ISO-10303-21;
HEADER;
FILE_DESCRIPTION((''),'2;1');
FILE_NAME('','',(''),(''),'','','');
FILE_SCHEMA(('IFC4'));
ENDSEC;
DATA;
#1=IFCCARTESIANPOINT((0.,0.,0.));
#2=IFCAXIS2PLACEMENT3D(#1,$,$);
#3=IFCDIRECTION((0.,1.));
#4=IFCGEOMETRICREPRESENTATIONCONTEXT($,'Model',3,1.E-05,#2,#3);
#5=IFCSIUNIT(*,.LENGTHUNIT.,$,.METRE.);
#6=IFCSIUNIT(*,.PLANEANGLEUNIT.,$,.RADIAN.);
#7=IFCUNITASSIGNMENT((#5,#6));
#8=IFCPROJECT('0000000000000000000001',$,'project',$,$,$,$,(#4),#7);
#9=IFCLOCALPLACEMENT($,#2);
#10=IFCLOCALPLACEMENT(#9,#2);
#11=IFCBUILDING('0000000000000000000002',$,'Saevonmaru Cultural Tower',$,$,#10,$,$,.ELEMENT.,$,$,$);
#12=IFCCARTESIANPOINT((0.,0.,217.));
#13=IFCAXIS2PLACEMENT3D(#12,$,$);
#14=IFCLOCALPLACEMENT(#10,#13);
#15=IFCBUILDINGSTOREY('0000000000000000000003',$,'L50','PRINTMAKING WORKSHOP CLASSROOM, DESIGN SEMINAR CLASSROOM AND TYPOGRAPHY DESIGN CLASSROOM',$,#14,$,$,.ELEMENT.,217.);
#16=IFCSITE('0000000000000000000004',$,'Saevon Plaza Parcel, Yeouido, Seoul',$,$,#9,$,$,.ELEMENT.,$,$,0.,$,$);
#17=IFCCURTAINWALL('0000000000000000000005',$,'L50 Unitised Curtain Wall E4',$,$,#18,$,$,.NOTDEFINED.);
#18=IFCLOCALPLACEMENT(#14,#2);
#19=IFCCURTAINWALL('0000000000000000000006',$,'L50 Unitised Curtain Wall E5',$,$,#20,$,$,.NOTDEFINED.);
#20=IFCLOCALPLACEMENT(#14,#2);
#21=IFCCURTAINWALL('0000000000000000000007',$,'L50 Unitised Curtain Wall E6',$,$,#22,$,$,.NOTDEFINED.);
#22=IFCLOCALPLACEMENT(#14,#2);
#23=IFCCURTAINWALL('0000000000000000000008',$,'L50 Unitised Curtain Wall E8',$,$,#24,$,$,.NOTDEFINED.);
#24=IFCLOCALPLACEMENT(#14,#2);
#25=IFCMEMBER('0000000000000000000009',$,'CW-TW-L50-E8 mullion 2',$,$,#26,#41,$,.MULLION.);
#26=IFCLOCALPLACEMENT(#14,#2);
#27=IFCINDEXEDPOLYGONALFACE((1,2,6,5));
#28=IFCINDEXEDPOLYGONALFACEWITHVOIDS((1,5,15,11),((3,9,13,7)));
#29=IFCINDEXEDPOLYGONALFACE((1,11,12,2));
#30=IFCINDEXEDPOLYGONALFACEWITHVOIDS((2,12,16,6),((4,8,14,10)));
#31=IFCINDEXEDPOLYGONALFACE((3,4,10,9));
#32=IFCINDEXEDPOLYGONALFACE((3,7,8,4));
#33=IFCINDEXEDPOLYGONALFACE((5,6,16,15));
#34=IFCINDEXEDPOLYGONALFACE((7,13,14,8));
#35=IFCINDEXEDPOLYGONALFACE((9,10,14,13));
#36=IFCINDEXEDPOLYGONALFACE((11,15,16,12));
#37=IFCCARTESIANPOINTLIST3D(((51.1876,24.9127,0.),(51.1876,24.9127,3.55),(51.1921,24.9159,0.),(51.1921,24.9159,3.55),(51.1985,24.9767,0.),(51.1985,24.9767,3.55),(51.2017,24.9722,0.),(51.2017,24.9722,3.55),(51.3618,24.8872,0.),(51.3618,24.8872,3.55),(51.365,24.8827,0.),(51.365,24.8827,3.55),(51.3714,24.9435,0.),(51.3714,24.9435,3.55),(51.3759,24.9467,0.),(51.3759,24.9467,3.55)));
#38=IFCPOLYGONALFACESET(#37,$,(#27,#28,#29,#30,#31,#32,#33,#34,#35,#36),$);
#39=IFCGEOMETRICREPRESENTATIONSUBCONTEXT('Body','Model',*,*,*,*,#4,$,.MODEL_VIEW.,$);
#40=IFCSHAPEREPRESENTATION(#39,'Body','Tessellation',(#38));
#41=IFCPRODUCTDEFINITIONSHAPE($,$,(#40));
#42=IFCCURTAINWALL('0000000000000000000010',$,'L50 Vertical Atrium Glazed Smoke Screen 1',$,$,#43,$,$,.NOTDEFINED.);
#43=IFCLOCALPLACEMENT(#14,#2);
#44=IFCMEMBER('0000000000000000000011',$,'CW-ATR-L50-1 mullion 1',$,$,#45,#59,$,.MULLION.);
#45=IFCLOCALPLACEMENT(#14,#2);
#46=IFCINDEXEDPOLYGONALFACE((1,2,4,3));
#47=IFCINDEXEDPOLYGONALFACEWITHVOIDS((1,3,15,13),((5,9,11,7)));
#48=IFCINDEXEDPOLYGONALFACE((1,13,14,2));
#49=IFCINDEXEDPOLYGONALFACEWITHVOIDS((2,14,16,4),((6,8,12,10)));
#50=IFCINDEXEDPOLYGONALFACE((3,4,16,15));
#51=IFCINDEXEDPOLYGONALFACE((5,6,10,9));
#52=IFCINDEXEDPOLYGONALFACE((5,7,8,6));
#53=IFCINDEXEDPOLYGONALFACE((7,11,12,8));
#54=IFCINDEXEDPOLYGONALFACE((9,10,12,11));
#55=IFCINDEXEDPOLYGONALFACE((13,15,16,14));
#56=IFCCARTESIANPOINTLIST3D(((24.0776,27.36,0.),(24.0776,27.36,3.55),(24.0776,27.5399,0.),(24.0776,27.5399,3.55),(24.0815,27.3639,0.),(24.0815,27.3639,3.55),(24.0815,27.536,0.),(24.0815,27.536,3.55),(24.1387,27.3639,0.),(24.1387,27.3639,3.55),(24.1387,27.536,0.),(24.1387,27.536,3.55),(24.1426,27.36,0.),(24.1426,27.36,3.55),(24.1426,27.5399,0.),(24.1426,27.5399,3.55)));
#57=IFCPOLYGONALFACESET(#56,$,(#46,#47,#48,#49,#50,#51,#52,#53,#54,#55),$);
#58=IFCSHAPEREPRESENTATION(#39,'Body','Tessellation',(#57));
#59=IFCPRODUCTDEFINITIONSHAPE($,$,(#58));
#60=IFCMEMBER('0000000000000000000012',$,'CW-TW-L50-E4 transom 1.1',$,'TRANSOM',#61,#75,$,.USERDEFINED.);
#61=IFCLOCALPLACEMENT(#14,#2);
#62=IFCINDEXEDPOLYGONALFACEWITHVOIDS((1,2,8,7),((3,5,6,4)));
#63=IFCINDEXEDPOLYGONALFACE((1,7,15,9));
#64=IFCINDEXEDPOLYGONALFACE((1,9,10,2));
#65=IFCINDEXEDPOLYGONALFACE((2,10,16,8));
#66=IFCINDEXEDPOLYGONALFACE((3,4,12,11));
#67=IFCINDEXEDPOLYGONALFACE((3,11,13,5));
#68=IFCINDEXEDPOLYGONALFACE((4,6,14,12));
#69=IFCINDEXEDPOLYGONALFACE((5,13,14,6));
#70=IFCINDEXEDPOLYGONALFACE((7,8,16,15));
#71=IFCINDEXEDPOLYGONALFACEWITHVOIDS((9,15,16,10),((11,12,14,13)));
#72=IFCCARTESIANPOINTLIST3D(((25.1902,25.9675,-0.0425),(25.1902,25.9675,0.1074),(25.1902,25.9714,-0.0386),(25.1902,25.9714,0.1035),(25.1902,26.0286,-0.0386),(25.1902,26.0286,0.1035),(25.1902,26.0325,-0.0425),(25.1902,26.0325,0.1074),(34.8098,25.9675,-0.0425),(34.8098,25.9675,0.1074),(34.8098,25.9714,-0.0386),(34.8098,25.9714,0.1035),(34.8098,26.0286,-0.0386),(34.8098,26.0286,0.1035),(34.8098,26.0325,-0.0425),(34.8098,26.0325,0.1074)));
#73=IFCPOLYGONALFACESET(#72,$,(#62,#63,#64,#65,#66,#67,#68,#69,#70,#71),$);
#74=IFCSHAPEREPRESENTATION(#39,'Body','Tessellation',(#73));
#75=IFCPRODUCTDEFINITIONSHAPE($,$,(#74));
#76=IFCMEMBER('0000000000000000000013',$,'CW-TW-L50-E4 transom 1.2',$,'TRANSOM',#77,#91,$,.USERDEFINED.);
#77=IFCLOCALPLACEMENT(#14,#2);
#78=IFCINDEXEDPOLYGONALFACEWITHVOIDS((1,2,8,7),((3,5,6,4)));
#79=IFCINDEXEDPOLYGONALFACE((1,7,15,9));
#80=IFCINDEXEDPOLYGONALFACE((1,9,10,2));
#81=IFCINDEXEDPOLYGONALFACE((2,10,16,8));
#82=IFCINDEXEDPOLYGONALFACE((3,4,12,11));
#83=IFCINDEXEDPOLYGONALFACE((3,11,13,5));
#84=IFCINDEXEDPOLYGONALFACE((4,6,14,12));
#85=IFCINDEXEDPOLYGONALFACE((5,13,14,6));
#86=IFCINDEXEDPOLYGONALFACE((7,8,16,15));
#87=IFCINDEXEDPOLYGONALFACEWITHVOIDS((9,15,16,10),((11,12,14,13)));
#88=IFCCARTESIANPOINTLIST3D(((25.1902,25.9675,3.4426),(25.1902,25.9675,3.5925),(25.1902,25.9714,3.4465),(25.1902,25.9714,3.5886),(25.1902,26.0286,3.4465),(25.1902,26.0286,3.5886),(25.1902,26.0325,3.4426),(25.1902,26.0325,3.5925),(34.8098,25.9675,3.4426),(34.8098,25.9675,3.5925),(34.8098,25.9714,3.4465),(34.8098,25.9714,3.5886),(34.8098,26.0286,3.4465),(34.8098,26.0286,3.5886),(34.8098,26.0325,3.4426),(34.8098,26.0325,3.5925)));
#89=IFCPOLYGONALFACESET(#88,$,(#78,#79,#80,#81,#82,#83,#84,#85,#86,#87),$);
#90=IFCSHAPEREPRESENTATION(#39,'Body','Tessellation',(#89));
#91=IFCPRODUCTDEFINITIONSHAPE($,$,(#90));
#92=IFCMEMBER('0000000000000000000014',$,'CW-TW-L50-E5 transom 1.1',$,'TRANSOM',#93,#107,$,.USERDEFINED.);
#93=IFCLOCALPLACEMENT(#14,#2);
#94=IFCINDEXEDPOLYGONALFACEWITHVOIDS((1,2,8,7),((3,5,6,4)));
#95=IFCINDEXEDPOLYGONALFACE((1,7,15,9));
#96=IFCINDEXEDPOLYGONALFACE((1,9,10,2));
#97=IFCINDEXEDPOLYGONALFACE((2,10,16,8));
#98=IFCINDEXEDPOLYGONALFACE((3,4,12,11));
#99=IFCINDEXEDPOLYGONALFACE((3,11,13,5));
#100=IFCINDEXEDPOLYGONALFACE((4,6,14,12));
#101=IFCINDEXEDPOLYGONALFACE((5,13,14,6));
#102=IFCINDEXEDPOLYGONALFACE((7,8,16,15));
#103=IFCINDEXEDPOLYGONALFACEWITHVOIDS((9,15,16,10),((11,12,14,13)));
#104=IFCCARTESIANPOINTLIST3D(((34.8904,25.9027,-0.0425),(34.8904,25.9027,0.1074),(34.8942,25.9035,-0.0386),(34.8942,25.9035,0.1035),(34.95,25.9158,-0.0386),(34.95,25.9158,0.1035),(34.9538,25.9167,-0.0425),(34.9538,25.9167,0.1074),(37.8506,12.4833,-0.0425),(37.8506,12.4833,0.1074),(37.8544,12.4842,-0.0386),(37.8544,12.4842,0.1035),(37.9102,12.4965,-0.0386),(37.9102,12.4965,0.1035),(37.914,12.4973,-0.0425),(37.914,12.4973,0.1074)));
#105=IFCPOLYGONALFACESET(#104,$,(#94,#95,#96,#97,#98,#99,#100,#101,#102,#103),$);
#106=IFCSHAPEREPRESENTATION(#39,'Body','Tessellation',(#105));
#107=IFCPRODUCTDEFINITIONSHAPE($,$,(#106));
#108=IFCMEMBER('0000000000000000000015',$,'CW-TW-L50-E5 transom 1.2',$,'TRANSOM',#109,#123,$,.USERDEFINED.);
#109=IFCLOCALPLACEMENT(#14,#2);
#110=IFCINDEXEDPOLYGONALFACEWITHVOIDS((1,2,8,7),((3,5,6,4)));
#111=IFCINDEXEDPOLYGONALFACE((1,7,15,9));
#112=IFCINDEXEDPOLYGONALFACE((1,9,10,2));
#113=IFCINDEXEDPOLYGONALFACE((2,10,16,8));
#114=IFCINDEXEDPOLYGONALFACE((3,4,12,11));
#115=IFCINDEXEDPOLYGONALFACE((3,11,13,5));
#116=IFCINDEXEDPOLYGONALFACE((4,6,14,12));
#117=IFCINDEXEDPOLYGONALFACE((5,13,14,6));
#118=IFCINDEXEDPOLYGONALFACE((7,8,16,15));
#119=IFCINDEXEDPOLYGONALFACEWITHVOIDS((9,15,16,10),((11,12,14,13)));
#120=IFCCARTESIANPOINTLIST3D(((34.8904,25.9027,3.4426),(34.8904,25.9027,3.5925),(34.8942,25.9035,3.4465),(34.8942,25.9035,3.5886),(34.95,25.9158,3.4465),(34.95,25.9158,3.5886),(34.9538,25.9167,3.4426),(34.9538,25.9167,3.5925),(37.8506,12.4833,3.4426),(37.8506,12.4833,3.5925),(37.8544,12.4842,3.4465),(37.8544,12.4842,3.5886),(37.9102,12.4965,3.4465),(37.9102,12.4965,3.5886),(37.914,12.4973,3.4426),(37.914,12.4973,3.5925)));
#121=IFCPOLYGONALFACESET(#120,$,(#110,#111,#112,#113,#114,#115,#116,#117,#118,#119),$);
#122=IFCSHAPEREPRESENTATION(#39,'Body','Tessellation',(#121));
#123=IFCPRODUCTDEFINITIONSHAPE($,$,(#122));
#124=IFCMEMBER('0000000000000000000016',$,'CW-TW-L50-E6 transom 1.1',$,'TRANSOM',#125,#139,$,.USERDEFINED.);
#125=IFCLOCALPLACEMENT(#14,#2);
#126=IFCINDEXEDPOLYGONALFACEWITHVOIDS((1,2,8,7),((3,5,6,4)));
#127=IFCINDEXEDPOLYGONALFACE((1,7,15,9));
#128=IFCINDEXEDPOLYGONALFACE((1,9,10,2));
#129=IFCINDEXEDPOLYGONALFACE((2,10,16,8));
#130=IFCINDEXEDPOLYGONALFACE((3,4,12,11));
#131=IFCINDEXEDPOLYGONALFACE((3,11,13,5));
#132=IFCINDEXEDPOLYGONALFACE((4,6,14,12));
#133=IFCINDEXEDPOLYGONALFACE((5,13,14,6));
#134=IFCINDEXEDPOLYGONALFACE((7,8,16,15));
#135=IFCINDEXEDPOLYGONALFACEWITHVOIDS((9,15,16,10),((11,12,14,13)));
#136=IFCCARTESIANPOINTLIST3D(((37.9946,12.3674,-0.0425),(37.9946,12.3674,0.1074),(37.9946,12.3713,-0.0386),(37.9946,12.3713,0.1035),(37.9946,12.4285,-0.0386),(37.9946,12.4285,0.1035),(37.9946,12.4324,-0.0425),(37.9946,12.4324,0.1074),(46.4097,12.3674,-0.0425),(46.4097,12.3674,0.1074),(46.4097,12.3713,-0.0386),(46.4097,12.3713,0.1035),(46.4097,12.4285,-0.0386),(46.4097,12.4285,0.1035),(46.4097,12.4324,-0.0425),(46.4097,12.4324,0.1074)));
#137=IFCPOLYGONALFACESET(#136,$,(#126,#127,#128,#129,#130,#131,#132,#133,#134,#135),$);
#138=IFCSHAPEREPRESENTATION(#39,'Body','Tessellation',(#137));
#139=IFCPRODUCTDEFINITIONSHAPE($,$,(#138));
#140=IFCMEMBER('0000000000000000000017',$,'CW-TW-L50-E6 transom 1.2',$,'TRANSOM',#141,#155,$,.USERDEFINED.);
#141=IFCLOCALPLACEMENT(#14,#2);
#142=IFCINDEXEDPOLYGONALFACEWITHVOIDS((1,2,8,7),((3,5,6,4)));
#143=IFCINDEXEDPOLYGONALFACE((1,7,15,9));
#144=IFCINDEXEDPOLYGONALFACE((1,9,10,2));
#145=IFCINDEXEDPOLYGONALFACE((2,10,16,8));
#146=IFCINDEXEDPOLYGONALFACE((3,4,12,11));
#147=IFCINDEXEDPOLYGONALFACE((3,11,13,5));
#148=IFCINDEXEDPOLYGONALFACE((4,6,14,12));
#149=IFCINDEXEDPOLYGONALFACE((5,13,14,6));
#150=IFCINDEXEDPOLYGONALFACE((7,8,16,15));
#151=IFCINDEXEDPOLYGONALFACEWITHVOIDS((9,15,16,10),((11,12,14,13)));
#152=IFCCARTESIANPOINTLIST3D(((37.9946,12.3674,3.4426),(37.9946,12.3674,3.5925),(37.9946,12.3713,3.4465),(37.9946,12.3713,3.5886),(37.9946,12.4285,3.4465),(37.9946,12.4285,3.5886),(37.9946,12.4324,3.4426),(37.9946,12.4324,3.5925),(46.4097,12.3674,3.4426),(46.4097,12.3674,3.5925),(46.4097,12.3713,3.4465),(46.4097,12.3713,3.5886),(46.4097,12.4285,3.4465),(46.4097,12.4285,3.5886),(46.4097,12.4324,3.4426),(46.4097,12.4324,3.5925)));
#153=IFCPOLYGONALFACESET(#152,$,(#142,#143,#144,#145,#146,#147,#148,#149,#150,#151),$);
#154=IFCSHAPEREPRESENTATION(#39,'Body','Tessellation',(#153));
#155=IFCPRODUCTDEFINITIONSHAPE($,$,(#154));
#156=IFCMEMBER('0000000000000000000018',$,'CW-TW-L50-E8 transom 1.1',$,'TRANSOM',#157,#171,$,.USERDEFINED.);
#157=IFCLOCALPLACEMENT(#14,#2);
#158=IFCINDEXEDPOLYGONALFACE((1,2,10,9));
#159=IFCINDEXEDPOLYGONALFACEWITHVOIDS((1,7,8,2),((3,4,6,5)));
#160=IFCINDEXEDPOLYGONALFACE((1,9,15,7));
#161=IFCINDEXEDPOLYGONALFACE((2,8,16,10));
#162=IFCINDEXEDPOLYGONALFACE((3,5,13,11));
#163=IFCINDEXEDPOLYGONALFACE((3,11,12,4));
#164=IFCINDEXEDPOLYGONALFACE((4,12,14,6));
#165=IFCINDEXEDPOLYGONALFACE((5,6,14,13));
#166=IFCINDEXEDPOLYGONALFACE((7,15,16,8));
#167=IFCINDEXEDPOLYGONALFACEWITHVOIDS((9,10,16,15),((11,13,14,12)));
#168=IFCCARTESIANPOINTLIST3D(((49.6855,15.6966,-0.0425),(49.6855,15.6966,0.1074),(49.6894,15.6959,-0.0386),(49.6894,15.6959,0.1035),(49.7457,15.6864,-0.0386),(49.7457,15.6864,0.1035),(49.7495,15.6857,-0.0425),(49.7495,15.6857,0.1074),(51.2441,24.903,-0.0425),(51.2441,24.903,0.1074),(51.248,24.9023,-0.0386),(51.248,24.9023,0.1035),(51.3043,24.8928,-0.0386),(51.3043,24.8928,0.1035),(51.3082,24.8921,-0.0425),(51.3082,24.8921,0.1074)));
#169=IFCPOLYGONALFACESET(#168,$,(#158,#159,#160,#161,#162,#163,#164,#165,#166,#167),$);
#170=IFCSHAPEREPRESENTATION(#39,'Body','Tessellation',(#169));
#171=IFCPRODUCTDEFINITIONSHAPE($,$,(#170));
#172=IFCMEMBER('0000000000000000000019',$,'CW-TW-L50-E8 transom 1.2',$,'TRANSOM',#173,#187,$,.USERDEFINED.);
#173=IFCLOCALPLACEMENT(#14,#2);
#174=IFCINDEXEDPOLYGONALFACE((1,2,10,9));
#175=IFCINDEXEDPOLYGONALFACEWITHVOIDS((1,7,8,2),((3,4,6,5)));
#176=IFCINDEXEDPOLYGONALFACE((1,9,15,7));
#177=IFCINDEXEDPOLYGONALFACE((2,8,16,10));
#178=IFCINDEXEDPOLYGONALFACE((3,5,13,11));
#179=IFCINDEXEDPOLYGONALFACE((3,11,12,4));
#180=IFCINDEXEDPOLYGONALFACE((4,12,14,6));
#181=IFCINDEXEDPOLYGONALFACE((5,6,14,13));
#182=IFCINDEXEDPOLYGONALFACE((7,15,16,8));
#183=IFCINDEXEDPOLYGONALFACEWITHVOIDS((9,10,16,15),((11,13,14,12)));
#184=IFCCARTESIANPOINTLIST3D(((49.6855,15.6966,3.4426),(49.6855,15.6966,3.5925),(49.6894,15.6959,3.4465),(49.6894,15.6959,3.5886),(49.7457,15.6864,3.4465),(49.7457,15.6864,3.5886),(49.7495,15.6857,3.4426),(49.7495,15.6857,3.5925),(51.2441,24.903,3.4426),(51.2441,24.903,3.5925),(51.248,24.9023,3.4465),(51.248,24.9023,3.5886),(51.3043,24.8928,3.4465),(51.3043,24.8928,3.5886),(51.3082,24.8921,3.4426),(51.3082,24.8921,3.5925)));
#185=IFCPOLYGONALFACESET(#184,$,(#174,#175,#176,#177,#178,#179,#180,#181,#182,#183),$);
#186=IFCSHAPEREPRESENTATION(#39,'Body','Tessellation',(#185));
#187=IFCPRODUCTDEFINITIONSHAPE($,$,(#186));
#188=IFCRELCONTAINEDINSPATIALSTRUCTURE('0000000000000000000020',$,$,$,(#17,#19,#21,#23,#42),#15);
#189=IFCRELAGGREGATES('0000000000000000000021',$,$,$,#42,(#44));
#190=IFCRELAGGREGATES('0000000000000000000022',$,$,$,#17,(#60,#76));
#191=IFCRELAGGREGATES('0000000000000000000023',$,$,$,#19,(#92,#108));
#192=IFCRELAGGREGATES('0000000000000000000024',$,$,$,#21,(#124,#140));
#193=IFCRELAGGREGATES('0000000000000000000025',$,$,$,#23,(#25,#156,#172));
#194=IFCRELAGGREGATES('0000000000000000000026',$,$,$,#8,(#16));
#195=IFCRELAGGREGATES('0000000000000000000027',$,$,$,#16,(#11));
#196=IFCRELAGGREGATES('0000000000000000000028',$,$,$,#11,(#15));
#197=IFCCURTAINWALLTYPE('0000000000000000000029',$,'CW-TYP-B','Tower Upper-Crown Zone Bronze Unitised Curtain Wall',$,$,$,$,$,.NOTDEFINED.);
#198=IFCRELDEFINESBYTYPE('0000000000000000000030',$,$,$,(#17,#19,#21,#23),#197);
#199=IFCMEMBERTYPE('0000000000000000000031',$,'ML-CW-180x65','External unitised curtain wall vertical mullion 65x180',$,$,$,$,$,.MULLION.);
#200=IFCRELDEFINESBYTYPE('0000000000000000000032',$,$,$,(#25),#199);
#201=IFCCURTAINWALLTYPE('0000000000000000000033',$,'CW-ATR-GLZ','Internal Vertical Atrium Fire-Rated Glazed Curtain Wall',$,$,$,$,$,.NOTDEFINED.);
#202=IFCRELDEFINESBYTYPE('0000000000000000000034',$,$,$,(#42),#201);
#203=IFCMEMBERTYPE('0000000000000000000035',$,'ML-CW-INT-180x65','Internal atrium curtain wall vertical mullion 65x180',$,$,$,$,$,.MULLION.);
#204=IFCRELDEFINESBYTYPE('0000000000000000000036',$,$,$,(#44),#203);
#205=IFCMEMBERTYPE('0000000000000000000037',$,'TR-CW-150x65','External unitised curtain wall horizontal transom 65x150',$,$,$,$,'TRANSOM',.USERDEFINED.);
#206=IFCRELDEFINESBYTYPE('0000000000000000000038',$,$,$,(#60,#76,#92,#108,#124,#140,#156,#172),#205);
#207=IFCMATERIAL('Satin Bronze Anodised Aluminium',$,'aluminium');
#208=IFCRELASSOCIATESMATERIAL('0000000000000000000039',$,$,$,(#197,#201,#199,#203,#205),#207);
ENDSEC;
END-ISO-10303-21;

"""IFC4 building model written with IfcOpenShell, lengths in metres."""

from ifc_helpers import new_model, si_unit, direction, frame, origin, origin_2d, place, context, subcontext, project, spatial, hollow_rectangle, extrude, material, material_profile, profile_set, type_object, element, aggregate, save


model = new_model("IFC4")

# Units and contexts
model_context = context("Model", 3, precision=1e-05, world=origin(), true_north=direction((0.0, 1.0)))
body_context = subcontext(model_context, "Body", "Model", "MODEL_VIEW")
ifc_project = project(units=[si_unit("LENGTHUNIT", "METRE"), si_unit("PLANEANGLEUNIT", "RADIAN")], contexts=[model_context])

# Site, building, storey
site_placement = place(None, origin())
site = spatial("IfcSite", under=ifc_project, at=site_placement, Name="Saevon Plaza Parcel, Yeouido, Seoul", CompositionType="ELEMENT", RefElevation=0.0)
building_placement = place(site_placement, origin())
building = spatial("IfcBuilding", under=site, at=building_placement, Name="Saevonmaru Cultural Tower", CompositionType="ELEMENT")
storey_placement = place(building_placement, frame((0.0, 0.0, 217.0)))
storey = spatial("IfcBuildingStorey", under=building, at=storey_placement, Name="L50", Description="PRINTMAKING WORKSHOP CLASSROOM, DESIGN SEMINAR CLASSROOM AND TYPOGRAPHY DESIGN CLASSROOM", CompositionType="ELEMENT", Elevation=217.0)

# Shared definitions
ifc_material_1 = material(Name="Satin Bronze Anodised Aluminium", Category="aluminium")
curtain_wall_type_1 = type_object("IfcCurtainWallType", Name="CW-TYP-B", Description="Tower Upper-Crown Zone Bronze Unitised Curtain Wall", PredefinedType="NOTDEFINED", material=ifc_material_1)
ifc_material_profile_1 = material_profile(ifc_material_1, hollow_rectangle(XDim=0.0649, YDim=0.1799, WallThickness=0.0039, at=origin_2d()), Name="ALU-MULL-180x65x4")
ifc_profile_set_1 = profile_set([ifc_material_profile_1], Name="Satin Bronze Anodised Aluminium")
member_type_1 = type_object("IfcMemberType", Name="ML-CW-180x65", Description="External unitised curtain wall vertical mullion 65x180", PredefinedType="MULLION", material=ifc_profile_set_1)

# Curtain walls, member
curtain_wall_1_placement = place(storey_placement, origin())
curtain_wall_1 = element("IfcCurtainWall", 1, at=curtain_wall_1_placement, inside=storey, type_object=curtain_wall_type_1, Name="L50 Unitised Curtain Wall E4", PredefinedType="NOTDEFINED")
curtain_wall_2_placement = place(storey_placement, origin())
curtain_wall_2 = element("IfcCurtainWall", 2, at=curtain_wall_2_placement, inside=storey, type_object=curtain_wall_type_1, Name="L50 Unitised Curtain Wall E5", PredefinedType="NOTDEFINED")
curtain_wall_3_placement = place(storey_placement, origin())
curtain_wall_3 = element("IfcCurtainWall", 3, at=curtain_wall_3_placement, inside=storey, type_object=curtain_wall_type_1, Name="L50 Unitised Curtain Wall E6", PredefinedType="NOTDEFINED")
curtain_wall_4_placement = place(storey_placement, origin())
curtain_wall_4 = element("IfcCurtainWall", 4, at=curtain_wall_4_placement, inside=storey, type_object=curtain_wall_type_1, Name="L50 Unitised Curtain Wall E8", PredefinedType="NOTDEFINED")
member_1_placement = place(storey_placement, frame((51.2817, 24.9297, 0.0), z_axis=(0.0, 0.0, 1.0), x_axis=(0.166922, 0.98597, 0.0)))
member_1 = element("IfcMember", 5, at=member_1_placement, type_object=member_type_1, Name="CW-TW-L50-E8 mullion 2", PredefinedType="MULLION", context=body_context, shape_type="SweptSolid", body=[
    extrude(hollow_rectangle(XDim=0.0649, YDim=0.1799, WallThickness=0.0039, at=origin_2d()), origin(), (0.0, 0.0, 1.0), 3.55),
])

# Curtain wall, member
curtain_wall_type_2 = type_object("IfcCurtainWallType", Name="CW-ATR-GLZ", Description="Internal Vertical Atrium Fire-Rated Glazed Curtain Wall", PredefinedType="NOTDEFINED", material=ifc_material_1)
curtain_wall_5_placement = place(storey_placement, origin())
curtain_wall_5 = element("IfcCurtainWall", 6, at=curtain_wall_5_placement, inside=storey, type_object=curtain_wall_type_2, Name="L50 Vertical Atrium Glazed Smoke Screen 1", PredefinedType="NOTDEFINED")
ifc_material_profile_2 = material_profile(ifc_material_1, hollow_rectangle(XDim=0.0649, YDim=0.1799, WallThickness=0.0039, at=origin_2d()), Name="ALU-MULL-180x65x4")
ifc_profile_set_2 = profile_set([ifc_material_profile_2], Name="Satin Bronze Anodised Aluminium")
member_type_2 = type_object("IfcMemberType", Name="ML-CW-INT-180x65", Description="Internal atrium curtain wall vertical mullion 65x180", PredefinedType="MULLION", material=ifc_profile_set_2)
member_2_placement = place(storey_placement, frame((24.1101, 27.45, 0.0), z_axis=(0.0, 0.0, 1.0), x_axis=(1.0, 0.0, 0.0)))
member_2 = element("IfcMember", 7, at=member_2_placement, type_object=member_type_2, Name="CW-ATR-L50-1 mullion 1", PredefinedType="MULLION", context=body_context, shape_type="SweptSolid", body=[
    extrude(hollow_rectangle(XDim=0.0649, YDim=0.1799, WallThickness=0.0039, at=origin_2d()), origin(), (0.0, 0.0, 1.0), 3.55),
])

# Members
ifc_material_profile_3 = material_profile(ifc_material_1, hollow_rectangle(XDim=0.0649, YDim=0.1499, WallThickness=0.0039, at=origin_2d()), Name="ALU-TRAN-150x65x4")
ifc_profile_set_3 = profile_set([ifc_material_profile_3], Name="Satin Bronze Anodised Aluminium")
member_type_3 = type_object("IfcMemberType", Name="TR-CW-150x65", Description="External unitised curtain wall horizontal transom 65x150", ElementType="TRANSOM", PredefinedType="USERDEFINED", material=ifc_profile_set_3)
member_3_placement = place(storey_placement, frame((25.1902, 26.0, 0.0325), z_axis=(1.0, 0.0, 0.0), x_axis=(0.0, 1.0, 0.0)))
member_3 = element("IfcMember", 8, at=member_3_placement, type_object=member_type_3, Name="CW-TW-L50-E4 transom 1.1", ObjectType="TRANSOM", PredefinedType="USERDEFINED", context=body_context, shape_type="SweptSolid", body=[
    extrude(hollow_rectangle(XDim=0.0649, YDim=0.1499, WallThickness=0.0039, at=origin_2d()), origin(), (0.0, 0.0, 1.0), 9.6196),
])
member_4_placement = place(storey_placement, frame((25.1902, 26.0, 3.5176), z_axis=(1.0, 0.0, 0.0), x_axis=(0.0, 1.0, 0.0)))
member_4 = element("IfcMember", 9, at=member_4_placement, type_object=member_type_3, Name="CW-TW-L50-E4 transom 1.2", ObjectType="TRANSOM", PredefinedType="USERDEFINED", context=body_context, shape_type="SweptSolid", body=[
    extrude(hollow_rectangle(XDim=0.0649, YDim=0.1499, WallThickness=0.0039, at=origin_2d()), origin(), (0.0, 0.0, 1.0), 9.6196),
])
member_5_placement = place(storey_placement, frame((34.9221, 25.9097, 0.0325), z_axis=(0.215412, -0.976523, 0.0), x_axis=(0.976523, 0.215412, 0.0)))
member_5 = element("IfcMember", 10, at=member_5_placement, type_object=member_type_3, Name="CW-TW-L50-E5 transom 1.1", ObjectType="TRANSOM", PredefinedType="USERDEFINED", context=body_context, shape_type="SweptSolid", body=[
    extrude(hollow_rectangle(XDim=0.0649, YDim=0.1499, WallThickness=0.0039, at=origin_2d()), origin(), (0.0, 0.0, 1.0), 13.7419),
])
member_6_placement = place(storey_placement, frame((34.9221, 25.9097, 3.5176), z_axis=(0.215412, -0.976523, 0.0), x_axis=(0.976523, 0.215412, 0.0)))
member_6 = element("IfcMember", 11, at=member_6_placement, type_object=member_type_3, Name="CW-TW-L50-E5 transom 1.2", ObjectType="TRANSOM", PredefinedType="USERDEFINED", context=body_context, shape_type="SweptSolid", body=[
    extrude(hollow_rectangle(XDim=0.0649, YDim=0.1499, WallThickness=0.0039, at=origin_2d()), origin(), (0.0, 0.0, 1.0), 13.7419),
])
member_7_placement = place(storey_placement, frame((37.9946, 12.3999, 0.0325), z_axis=(1.0, 0.0, 0.0), x_axis=(0.0, 1.0, 0.0)))
member_7 = element("IfcMember", 12, at=member_7_placement, type_object=member_type_3, Name="CW-TW-L50-E6 transom 1.1", ObjectType="TRANSOM", PredefinedType="USERDEFINED", context=body_context, shape_type="SweptSolid", body=[
    extrude(hollow_rectangle(XDim=0.0649, YDim=0.1499, WallThickness=0.0039, at=origin_2d()), origin(), (0.0, 0.0, 1.0), 8.415),
])
member_8_placement = place(storey_placement, frame((37.9946, 12.3999, 3.5176), z_axis=(1.0, 0.0, 0.0), x_axis=(0.0, 1.0, 0.0)))
member_8 = element("IfcMember", 13, at=member_8_placement, type_object=member_type_3, Name="CW-TW-L50-E6 transom 1.2", ObjectType="TRANSOM", PredefinedType="USERDEFINED", context=body_context, shape_type="SweptSolid", body=[
    extrude(hollow_rectangle(XDim=0.0649, YDim=0.1499, WallThickness=0.0039, at=origin_2d()), origin(), (0.0, 0.0, 1.0), 8.415),
])
member_9_placement = place(storey_placement, frame((49.7175, 15.6912, 0.0325), z_axis=(0.166921, 0.98597, 0.0), x_axis=(-0.98597, 0.166921, 0.0)))
member_9 = element("IfcMember", 14, at=member_9_placement, type_object=member_type_3, Name="CW-TW-L50-E8 transom 1.1", ObjectType="TRANSOM", PredefinedType="USERDEFINED", context=body_context, shape_type="SweptSolid", body=[
    extrude(hollow_rectangle(XDim=0.0649, YDim=0.1499, WallThickness=0.0039, at=origin_2d()), origin(), (0.0, 0.0, 1.0), 9.3374),
])
member_10_placement = place(storey_placement, frame((49.7175, 15.6912, 3.5176), z_axis=(0.166921, 0.98597, 0.0), x_axis=(-0.98597, 0.166921, 0.0)))
member_10 = element("IfcMember", 15, at=member_10_placement, type_object=member_type_3, Name="CW-TW-L50-E8 transom 1.2", ObjectType="TRANSOM", PredefinedType="USERDEFINED", context=body_context, shape_type="SweptSolid", body=[
    extrude(hollow_rectangle(XDim=0.0649, YDim=0.1499, WallThickness=0.0039, at=origin_2d()), origin(), (0.0, 0.0, 1.0), 9.3374),
])

aggregate(curtain_wall_5, [member_2])
aggregate(curtain_wall_1, [member_3, member_4])
aggregate(curtain_wall_2, [member_5, member_6])
aggregate(curtain_wall_3, [member_7, member_8])
aggregate(curtain_wall_4, [member_1, member_9, member_10])

save(model, "model.ifc")
